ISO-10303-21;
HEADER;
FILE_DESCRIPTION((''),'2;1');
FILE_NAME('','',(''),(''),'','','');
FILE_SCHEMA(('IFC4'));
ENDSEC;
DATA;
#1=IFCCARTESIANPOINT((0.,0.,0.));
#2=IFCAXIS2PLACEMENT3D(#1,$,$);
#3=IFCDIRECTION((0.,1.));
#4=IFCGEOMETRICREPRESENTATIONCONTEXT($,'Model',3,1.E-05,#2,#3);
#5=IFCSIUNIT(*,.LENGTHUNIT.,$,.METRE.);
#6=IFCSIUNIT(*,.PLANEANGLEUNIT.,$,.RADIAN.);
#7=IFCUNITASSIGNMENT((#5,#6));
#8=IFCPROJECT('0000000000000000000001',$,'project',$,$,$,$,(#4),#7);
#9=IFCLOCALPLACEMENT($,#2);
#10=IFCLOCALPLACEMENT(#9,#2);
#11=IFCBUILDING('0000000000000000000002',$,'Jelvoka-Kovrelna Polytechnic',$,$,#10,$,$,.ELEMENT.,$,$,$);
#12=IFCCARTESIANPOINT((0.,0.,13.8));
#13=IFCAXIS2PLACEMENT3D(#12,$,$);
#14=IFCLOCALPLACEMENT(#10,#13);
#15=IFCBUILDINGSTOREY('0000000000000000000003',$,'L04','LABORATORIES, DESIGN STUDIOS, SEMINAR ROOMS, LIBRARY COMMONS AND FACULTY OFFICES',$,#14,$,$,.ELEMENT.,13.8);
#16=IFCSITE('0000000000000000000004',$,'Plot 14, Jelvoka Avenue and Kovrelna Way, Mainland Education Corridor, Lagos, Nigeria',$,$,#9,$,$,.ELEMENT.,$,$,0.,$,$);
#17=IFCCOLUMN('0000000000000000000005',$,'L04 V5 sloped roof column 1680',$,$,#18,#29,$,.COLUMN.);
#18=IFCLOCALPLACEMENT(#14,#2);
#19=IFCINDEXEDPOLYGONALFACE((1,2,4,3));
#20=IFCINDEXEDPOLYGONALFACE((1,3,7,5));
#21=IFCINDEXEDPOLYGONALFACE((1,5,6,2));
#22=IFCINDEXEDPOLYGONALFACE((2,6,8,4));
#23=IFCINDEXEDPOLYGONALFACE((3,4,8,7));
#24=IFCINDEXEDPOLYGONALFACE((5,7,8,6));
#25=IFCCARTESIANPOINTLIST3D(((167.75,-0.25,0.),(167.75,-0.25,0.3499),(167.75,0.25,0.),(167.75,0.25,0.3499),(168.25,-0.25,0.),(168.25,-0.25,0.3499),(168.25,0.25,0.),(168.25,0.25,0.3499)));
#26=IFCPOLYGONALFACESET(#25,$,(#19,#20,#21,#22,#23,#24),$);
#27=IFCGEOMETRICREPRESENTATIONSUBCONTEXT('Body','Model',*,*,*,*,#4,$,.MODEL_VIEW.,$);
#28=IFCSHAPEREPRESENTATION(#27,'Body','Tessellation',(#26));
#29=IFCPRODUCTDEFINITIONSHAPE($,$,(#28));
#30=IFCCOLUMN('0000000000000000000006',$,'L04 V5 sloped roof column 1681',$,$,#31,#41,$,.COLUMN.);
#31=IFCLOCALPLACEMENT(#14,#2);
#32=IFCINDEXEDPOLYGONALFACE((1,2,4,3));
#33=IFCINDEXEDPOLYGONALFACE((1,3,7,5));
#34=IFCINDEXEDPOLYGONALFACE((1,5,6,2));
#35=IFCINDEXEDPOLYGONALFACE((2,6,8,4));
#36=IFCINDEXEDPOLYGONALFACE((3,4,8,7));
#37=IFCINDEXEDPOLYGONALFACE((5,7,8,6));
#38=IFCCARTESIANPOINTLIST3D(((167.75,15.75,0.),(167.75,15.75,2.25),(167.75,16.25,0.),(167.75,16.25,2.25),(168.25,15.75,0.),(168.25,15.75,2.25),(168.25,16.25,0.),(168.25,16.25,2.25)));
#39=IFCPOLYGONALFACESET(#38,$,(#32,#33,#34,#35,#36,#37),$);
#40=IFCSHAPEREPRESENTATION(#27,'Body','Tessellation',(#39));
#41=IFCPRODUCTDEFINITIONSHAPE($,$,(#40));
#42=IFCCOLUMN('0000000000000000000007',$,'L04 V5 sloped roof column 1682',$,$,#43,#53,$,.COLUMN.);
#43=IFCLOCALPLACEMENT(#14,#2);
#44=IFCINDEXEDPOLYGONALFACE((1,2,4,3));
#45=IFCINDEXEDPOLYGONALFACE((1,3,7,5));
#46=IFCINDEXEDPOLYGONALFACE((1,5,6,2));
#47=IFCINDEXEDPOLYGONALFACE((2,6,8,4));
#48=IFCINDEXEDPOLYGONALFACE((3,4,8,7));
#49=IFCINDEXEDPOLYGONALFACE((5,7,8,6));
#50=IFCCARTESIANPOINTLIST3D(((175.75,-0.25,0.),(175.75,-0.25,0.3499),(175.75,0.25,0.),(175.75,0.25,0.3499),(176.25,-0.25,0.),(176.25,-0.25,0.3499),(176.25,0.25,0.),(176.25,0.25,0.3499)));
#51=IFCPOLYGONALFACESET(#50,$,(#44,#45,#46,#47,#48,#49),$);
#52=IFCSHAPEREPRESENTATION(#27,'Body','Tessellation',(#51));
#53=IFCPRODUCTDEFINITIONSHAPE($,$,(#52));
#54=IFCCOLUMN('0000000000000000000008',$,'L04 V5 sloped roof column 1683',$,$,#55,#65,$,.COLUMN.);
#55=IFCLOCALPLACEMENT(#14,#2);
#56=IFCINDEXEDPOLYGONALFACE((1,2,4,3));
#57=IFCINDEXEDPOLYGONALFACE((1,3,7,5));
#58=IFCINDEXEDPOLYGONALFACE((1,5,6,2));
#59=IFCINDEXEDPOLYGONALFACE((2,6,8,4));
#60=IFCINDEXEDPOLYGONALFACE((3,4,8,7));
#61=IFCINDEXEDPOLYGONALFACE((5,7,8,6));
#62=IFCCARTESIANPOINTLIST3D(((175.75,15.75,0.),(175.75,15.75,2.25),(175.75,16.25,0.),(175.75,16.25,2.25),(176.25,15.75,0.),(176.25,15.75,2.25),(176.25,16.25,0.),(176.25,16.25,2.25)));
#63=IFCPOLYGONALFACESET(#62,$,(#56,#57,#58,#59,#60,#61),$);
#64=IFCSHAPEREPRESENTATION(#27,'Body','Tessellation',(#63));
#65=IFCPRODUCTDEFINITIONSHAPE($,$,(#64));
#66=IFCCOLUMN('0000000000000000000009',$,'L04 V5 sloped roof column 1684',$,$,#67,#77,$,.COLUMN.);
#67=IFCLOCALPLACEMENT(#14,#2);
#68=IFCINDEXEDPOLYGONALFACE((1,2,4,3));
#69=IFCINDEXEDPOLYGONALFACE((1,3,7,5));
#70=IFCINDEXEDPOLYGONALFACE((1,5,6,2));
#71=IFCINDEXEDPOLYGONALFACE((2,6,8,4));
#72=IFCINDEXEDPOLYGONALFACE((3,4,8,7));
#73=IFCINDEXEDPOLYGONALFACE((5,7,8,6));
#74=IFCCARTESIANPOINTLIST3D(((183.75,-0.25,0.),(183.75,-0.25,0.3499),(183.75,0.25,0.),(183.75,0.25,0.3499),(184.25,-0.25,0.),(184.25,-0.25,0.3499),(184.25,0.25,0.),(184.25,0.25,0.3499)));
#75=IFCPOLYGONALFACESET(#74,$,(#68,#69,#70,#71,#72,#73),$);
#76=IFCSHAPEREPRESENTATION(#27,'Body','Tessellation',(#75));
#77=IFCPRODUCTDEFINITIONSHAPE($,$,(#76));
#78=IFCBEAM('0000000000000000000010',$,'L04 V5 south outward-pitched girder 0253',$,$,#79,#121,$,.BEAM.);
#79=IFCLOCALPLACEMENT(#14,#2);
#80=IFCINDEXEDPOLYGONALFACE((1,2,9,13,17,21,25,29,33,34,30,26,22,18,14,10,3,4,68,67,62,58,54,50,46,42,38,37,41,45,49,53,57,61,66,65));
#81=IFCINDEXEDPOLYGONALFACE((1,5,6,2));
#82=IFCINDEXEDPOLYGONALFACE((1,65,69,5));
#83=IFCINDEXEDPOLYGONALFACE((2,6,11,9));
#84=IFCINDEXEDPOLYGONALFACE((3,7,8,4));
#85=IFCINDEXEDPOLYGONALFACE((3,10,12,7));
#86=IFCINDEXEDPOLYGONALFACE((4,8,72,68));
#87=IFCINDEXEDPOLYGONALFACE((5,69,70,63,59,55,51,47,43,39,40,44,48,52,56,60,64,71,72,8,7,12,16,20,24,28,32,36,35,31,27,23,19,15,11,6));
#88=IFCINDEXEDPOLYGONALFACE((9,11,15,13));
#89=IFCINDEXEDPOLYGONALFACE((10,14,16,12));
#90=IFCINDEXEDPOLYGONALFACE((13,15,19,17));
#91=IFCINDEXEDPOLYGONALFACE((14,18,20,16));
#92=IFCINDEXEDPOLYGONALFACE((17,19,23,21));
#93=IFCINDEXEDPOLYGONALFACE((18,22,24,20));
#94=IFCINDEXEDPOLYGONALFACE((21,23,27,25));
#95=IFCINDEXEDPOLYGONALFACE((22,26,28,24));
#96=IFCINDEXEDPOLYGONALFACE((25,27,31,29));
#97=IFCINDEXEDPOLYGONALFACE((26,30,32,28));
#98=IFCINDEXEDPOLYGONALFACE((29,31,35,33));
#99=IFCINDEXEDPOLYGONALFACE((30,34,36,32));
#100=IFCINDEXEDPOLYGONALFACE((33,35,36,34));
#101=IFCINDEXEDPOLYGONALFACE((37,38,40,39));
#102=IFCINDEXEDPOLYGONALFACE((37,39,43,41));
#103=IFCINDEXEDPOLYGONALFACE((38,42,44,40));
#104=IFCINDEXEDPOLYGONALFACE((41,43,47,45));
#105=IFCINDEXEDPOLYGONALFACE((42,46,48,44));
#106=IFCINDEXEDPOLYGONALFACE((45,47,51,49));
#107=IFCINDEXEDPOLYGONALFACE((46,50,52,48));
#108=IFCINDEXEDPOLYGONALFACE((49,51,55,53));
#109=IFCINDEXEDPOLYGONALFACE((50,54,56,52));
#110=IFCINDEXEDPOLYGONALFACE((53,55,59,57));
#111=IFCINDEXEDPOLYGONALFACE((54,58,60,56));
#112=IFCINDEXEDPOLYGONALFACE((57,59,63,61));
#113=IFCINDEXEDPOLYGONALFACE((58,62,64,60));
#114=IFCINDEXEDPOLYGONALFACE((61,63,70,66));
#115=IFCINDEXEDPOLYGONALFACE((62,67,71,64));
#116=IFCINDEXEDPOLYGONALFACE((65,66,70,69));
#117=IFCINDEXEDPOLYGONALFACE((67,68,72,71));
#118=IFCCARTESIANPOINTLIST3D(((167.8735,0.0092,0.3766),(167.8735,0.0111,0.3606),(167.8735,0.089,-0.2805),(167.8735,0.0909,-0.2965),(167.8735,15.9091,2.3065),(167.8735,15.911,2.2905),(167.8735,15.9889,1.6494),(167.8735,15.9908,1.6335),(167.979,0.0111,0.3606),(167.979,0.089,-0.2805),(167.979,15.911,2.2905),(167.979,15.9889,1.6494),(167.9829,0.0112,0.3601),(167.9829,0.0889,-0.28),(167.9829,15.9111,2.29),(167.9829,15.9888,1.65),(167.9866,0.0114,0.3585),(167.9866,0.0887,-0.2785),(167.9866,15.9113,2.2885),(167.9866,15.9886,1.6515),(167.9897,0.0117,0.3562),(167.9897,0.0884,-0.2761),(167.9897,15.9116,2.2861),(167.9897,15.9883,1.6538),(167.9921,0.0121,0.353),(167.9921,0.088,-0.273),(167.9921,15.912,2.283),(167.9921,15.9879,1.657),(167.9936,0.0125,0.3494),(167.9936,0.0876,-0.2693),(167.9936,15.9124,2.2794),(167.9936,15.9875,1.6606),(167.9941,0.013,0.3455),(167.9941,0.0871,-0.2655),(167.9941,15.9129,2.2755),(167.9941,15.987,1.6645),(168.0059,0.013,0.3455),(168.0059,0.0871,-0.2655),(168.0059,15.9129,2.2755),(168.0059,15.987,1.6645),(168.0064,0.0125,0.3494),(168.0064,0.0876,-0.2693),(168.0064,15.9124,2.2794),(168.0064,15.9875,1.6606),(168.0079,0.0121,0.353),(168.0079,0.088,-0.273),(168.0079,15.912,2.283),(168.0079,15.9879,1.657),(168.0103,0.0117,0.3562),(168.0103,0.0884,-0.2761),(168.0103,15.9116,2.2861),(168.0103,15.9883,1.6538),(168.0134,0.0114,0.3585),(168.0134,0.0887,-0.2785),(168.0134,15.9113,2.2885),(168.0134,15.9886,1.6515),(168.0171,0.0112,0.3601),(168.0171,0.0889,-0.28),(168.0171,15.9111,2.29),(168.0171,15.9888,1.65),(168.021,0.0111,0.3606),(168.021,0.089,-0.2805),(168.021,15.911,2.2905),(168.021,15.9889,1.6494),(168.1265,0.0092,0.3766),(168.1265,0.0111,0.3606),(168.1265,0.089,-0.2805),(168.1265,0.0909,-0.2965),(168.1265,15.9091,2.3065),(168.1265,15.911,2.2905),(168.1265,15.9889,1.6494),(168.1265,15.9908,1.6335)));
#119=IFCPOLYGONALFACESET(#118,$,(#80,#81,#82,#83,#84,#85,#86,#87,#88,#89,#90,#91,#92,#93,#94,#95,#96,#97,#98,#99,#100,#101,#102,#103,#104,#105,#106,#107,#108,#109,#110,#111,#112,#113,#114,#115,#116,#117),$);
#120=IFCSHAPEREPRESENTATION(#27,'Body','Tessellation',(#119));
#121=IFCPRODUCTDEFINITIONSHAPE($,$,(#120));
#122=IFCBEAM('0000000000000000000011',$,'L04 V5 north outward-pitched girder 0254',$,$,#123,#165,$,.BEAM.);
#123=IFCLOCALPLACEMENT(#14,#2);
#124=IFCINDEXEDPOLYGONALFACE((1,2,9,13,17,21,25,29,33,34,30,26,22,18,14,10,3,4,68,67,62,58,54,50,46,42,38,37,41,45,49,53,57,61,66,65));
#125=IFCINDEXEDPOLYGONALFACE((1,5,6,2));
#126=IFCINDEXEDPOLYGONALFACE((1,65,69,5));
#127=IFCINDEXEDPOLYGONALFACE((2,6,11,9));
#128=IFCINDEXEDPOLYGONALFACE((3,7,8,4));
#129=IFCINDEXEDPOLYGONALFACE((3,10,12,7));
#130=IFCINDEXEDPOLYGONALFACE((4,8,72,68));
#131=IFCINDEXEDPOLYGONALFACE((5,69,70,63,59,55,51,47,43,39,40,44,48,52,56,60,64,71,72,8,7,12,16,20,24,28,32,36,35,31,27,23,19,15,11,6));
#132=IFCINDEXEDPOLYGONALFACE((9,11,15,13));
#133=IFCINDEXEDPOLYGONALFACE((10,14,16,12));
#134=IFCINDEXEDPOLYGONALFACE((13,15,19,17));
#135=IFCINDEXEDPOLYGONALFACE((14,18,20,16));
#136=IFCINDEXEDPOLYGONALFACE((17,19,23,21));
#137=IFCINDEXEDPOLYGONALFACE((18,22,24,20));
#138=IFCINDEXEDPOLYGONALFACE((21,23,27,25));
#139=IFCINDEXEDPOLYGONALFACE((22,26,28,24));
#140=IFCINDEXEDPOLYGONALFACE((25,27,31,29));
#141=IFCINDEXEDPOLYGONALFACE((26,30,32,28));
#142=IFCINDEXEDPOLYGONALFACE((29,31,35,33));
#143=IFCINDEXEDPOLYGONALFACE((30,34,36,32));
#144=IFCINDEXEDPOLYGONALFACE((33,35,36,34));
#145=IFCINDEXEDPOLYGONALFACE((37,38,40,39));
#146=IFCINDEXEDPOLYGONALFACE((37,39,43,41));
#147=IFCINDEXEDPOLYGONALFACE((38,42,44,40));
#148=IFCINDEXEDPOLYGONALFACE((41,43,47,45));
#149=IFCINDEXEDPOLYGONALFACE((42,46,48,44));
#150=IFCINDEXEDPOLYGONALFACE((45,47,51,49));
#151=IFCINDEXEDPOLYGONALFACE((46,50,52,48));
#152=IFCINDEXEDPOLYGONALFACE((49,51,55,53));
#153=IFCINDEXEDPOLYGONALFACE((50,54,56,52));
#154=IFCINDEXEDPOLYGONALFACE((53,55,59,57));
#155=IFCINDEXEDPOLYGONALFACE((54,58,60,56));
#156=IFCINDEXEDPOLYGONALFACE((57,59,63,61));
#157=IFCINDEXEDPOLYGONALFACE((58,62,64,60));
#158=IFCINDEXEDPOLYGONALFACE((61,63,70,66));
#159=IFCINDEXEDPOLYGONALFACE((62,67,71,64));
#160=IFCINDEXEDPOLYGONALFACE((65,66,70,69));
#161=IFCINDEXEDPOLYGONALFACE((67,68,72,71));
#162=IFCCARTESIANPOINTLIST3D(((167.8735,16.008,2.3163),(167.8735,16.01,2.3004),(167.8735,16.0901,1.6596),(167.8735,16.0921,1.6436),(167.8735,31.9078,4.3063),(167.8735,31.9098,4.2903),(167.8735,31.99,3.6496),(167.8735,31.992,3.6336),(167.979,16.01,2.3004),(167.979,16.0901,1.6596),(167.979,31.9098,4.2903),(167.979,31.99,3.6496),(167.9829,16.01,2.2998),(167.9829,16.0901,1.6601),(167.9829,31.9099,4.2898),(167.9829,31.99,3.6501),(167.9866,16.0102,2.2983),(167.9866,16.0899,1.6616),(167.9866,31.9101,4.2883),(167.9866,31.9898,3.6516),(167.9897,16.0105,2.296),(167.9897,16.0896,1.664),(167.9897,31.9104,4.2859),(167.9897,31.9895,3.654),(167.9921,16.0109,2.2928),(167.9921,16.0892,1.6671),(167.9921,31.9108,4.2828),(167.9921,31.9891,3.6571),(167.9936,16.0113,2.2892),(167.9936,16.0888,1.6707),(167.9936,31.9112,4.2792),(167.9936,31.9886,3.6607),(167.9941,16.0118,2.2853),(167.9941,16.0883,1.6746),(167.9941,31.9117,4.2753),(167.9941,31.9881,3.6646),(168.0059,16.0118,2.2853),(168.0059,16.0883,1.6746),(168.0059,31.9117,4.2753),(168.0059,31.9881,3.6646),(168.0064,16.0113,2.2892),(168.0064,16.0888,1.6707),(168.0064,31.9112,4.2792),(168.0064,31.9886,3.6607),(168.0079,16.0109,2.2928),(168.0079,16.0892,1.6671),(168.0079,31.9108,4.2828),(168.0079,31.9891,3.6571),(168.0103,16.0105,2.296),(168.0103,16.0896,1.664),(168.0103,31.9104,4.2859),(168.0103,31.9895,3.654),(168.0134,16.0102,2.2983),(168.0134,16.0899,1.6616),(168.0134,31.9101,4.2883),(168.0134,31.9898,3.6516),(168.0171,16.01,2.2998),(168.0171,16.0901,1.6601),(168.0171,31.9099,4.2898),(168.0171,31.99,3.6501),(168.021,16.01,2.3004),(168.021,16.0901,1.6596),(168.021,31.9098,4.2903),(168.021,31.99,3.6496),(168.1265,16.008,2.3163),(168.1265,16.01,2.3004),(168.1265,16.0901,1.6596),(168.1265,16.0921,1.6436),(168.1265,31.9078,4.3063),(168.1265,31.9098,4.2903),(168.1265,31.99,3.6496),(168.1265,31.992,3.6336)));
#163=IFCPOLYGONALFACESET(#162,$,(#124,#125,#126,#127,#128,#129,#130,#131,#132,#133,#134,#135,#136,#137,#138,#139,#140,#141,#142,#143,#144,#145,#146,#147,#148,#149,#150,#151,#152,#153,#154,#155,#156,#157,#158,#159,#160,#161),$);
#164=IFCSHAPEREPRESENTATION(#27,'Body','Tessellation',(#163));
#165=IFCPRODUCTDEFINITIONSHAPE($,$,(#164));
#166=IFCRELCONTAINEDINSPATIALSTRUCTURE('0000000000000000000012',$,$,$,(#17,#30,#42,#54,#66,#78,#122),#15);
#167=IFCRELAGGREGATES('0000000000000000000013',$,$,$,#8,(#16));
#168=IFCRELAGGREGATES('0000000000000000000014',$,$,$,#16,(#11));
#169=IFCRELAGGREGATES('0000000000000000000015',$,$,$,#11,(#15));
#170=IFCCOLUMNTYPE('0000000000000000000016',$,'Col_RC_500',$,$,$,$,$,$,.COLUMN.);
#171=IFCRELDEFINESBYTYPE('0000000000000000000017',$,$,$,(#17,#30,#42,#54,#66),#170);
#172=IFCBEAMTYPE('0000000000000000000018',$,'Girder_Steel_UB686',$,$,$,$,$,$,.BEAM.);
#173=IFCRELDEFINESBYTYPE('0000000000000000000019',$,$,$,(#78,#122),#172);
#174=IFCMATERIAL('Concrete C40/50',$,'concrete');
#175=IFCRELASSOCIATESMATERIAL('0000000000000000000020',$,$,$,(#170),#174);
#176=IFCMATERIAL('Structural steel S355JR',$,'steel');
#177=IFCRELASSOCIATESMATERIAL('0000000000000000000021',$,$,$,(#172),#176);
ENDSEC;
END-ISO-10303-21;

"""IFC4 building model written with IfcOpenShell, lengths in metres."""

from ifc_helpers import new_model, si_unit, direction, frame, origin, origin_2d, place, context, subcontext, project, spatial, rectangle, i_section, extrude, material, material_profile, profile_set, type_object, element, save


model = new_model("IFC4")

# Units and contexts
model_context = context("Model", 3, precision=1e-05, world=origin(), true_north=direction((0.0, 1.0)))
body_context = subcontext(model_context, "Body", "Model", "MODEL_VIEW")
ifc_project = project(units=[si_unit("LENGTHUNIT", "METRE"), si_unit("PLANEANGLEUNIT", "RADIAN")], contexts=[model_context])

# Site, building, storey
site_placement = place(None, origin())
site = spatial("IfcSite", under=ifc_project, at=site_placement, Name="Plot 14, Jelvoka Avenue and Kovrelna Way, Mainland Education Corridor, Lagos, Nigeria", CompositionType="ELEMENT", RefElevation=0.0)
building_placement = place(site_placement, origin())
building = spatial("IfcBuilding", under=site, at=building_placement, Name="Jelvoka-Kovrelna Polytechnic", CompositionType="ELEMENT")
storey_placement = place(building_placement, frame((0.0, 0.0, 13.8)))
storey = spatial("IfcBuildingStorey", under=building, at=storey_placement, Name="L04", Description="LABORATORIES, DESIGN STUDIOS, SEMINAR ROOMS, LIBRARY COMMONS AND FACULTY OFFICES", CompositionType="ELEMENT", Elevation=13.8)

# Columns
ifc_material_1 = material(Name="Concrete C40/50", Category="concrete")
ifc_material_profile_1 = material_profile(ifc_material_1, rectangle(XDim=0.5, YDim=0.5, at=origin_2d()), Name="RC 500x500")
ifc_profile_set_1 = profile_set([ifc_material_profile_1], Name="Concrete C40/50")
column_type = type_object("IfcColumnType", Name="Col_RC_500", PredefinedType="COLUMN", material=ifc_profile_set_1)
column_1_placement = place(storey_placement, frame((168.0, 0.0, 0.0), z_axis=(0.0, 0.0, 1.0), x_axis=(1.0, 0.0, 0.0)))
element("IfcColumn", 1, at=column_1_placement, inside=storey, type_object=column_type, Name="L04 V5 sloped roof column 1680", PredefinedType="COLUMN", context=body_context, shape_type="SweptSolid", body=[
    extrude(rectangle(XDim=0.5, YDim=0.5, at=origin_2d()), origin(), (0.0, 0.0, 1.0), 0.3499),
])
column_2_placement = place(storey_placement, frame((168.0, 16.0, 0.0), z_axis=(0.0, 0.0, 1.0), x_axis=(1.0, 0.0, 0.0)))
element("IfcColumn", 2, at=column_2_placement, inside=storey, type_object=column_type, Name="L04 V5 sloped roof column 1681", PredefinedType="COLUMN", context=body_context, shape_type="SweptSolid", body=[
    extrude(rectangle(XDim=0.5, YDim=0.5, at=origin_2d()), origin(), (0.0, 0.0, 1.0), 2.25),
])
column_3_placement = place(storey_placement, frame((176.0, 0.0, 0.0), z_axis=(0.0, 0.0, 1.0), x_axis=(1.0, 0.0, 0.0)))
element("IfcColumn", 3, at=column_3_placement, inside=storey, type_object=column_type, Name="L04 V5 sloped roof column 1682", PredefinedType="COLUMN", context=body_context, shape_type="SweptSolid", body=[
    extrude(rectangle(XDim=0.5, YDim=0.5, at=origin_2d()), origin(), (0.0, 0.0, 1.0), 0.3499),
])
column_4_placement = place(storey_placement, frame((176.0, 16.0, 0.0), z_axis=(0.0, 0.0, 1.0), x_axis=(1.0, 0.0, 0.0)))
element("IfcColumn", 4, at=column_4_placement, inside=storey, type_object=column_type, Name="L04 V5 sloped roof column 1683", PredefinedType="COLUMN", context=body_context, shape_type="SweptSolid", body=[
    extrude(rectangle(XDim=0.5, YDim=0.5, at=origin_2d()), origin(), (0.0, 0.0, 1.0), 2.25),
])
column_5_placement = place(storey_placement, frame((184.0, 0.0, 0.0), z_axis=(0.0, 0.0, 1.0), x_axis=(1.0, 0.0, 0.0)))
element("IfcColumn", 5, at=column_5_placement, inside=storey, type_object=column_type, Name="L04 V5 sloped roof column 1684", PredefinedType="COLUMN", context=body_context, shape_type="SweptSolid", body=[
    extrude(rectangle(XDim=0.5, YDim=0.5, at=origin_2d()), origin(), (0.0, 0.0, 1.0), 0.3499),
])

# Beams
ifc_material_2 = material(Name="Structural steel S355JR", Category="steel")
ifc_material_profile_2 = material_profile(ifc_material_2, i_section(OverallWidth=0.2529, OverallDepth=0.678, WebThickness=0.0117, FlangeThickness=0.0161, FilletRadius=0.0151, at=origin_2d()), Name="686x254x125 UB")
ifc_profile_set_2 = profile_set([ifc_material_profile_2], Name="Structural steel S355JR")
beam_type_1 = type_object("IfcBeamType", Name="Girder_Steel_UB686", PredefinedType="BEAM", material=ifc_profile_set_2)
beam_1_placement = place(storey_placement, frame((168.0, 0.05, 0.04), z_axis=(0.0, 0.992714, 0.120496), x_axis=(-1.0, 0.0, 0.0)))
element("IfcBeam", 6, at=beam_1_placement, inside=storey, type_object=beam_type_1, Name="L04 V5 south outward-pitched girder 0253", PredefinedType="BEAM", context=body_context, shape_type="SweptSolid", body=[
    extrude(i_section(OverallWidth=0.2529, OverallDepth=0.678, WebThickness=0.0117, FlangeThickness=0.0161, FilletRadius=0.0151, at=origin_2d()), origin(), (0.0, 0.0, 1.0), 16.0166),
])
beam_2_placement = place(storey_placement, frame((168.0, 16.05, 1.98), z_axis=(0.0, 0.992259, 0.124188), x_axis=(-1.0, 0.0, 0.0)))
element("IfcBeam", 7, at=beam_2_placement, inside=storey, type_object=beam_type_1, Name="L04 V5 north outward-pitched girder 0254", PredefinedType="BEAM", context=body_context, shape_type="SweptSolid", body=[
    extrude(i_section(OverallWidth=0.2529, OverallDepth=0.678, WebThickness=0.0117, FlangeThickness=0.0161, FilletRadius=0.0151, at=origin_2d()), origin(), (0.0, 0.0, 1.0), 16.0239),
])

save(model, "model.ifc")
